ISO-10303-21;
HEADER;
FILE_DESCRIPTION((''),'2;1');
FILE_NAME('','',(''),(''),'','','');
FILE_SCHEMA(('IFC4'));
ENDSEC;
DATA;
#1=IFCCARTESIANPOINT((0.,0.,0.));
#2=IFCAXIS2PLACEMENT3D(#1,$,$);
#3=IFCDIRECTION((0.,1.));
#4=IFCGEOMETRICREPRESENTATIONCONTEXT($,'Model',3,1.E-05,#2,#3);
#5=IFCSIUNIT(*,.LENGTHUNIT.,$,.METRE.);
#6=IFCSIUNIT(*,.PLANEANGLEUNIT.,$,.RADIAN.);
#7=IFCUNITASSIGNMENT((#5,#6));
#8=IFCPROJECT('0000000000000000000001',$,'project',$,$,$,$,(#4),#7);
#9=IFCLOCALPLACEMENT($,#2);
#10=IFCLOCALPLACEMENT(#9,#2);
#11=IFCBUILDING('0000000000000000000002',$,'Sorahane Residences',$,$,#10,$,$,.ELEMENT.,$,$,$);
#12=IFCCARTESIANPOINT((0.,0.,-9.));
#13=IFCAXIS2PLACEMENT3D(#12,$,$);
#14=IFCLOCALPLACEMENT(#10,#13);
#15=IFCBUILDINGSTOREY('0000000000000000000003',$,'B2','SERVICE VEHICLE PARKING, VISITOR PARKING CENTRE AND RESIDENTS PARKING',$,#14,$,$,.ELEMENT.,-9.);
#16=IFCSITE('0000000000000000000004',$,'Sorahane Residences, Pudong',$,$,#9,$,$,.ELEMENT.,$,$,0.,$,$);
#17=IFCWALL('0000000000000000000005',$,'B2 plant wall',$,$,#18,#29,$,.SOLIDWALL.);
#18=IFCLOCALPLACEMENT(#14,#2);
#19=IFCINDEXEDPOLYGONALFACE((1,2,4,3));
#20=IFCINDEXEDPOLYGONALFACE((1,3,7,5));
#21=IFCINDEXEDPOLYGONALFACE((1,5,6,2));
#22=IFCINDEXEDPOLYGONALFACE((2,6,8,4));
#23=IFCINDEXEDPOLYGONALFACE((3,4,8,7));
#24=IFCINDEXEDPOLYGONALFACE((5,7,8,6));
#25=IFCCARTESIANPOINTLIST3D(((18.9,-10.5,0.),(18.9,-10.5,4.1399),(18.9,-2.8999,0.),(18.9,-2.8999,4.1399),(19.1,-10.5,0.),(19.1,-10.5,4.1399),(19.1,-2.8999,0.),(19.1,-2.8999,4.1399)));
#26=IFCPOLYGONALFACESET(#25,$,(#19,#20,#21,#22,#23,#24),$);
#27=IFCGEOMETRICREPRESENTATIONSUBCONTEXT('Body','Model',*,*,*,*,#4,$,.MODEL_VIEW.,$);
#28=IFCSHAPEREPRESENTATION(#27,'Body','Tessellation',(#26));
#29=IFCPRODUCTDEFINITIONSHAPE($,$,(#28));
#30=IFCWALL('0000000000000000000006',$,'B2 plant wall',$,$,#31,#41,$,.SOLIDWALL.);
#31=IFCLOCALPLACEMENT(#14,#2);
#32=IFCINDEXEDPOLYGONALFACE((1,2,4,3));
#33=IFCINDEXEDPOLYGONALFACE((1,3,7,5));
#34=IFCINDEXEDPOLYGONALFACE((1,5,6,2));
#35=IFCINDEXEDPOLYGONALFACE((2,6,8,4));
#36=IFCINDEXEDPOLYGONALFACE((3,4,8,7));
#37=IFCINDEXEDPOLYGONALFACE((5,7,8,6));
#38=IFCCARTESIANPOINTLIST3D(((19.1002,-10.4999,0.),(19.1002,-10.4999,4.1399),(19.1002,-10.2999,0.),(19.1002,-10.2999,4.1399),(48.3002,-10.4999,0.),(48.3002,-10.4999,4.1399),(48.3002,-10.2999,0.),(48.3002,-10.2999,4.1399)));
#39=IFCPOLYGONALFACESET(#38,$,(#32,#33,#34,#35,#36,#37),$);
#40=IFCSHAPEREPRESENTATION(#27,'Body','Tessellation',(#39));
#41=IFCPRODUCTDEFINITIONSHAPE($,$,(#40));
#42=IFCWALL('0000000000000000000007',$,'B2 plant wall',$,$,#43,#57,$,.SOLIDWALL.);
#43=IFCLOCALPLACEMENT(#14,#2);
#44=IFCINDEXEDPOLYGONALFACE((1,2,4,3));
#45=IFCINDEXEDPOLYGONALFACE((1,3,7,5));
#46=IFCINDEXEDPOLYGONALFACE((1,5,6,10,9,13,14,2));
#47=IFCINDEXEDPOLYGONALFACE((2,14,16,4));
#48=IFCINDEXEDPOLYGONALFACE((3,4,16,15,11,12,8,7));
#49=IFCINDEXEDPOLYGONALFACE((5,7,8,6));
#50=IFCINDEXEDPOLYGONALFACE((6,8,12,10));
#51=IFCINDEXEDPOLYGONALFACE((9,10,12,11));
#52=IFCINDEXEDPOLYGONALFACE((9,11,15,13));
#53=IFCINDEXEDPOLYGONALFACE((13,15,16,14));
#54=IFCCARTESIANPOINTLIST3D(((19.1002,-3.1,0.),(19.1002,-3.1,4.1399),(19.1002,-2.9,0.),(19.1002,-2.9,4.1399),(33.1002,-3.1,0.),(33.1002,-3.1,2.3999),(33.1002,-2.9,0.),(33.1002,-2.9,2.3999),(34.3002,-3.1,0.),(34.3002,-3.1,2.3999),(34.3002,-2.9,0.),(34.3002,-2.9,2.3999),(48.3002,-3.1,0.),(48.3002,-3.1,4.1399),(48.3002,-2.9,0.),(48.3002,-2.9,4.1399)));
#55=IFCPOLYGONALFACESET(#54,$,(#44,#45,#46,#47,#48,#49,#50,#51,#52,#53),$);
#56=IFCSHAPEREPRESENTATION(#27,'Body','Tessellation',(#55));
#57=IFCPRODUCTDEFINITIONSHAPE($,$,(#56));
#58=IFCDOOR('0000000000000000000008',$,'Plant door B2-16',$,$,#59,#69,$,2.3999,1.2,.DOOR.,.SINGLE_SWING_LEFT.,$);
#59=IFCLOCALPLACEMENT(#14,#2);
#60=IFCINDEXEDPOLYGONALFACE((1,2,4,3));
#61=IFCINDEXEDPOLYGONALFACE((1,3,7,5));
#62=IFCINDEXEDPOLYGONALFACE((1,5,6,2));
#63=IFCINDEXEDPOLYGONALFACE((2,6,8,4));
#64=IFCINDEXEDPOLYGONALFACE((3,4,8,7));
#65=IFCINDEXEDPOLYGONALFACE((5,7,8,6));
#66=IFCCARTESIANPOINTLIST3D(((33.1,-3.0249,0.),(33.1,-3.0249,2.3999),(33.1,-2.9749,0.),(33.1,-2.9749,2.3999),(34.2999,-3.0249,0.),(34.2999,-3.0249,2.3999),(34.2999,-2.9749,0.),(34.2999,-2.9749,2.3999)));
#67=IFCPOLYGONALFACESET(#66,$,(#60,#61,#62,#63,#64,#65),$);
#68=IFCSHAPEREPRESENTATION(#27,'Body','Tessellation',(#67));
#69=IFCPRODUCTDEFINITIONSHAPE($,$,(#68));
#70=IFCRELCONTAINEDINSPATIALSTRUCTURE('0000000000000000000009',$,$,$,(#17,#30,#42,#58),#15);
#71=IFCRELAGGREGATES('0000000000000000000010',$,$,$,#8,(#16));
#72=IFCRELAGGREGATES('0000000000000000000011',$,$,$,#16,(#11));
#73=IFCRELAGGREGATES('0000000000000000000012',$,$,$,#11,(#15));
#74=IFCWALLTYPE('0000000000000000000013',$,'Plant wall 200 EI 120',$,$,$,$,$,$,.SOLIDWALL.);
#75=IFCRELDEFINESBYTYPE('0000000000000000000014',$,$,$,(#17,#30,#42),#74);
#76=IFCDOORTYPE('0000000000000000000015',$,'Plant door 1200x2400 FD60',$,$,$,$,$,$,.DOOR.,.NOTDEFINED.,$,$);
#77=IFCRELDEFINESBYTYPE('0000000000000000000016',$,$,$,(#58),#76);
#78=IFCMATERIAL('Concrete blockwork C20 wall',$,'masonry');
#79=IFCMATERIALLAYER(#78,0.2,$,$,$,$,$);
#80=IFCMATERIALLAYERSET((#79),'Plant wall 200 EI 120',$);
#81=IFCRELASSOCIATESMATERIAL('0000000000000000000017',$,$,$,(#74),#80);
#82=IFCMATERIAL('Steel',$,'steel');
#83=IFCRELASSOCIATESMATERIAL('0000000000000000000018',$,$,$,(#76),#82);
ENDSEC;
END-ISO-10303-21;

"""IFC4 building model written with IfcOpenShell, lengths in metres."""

from ifc_helpers import new_model, si_unit, direction, frame, frame_2d, origin, place, context, subcontext, project, spatial, rectangle, extrude, material, layer, layer_set, type_object, element, fill, save


model = new_model("IFC4")

# Units and contexts
model_context = context("Model", 3, precision=1e-05, world=origin(), true_north=direction((0.0, 1.0)))
body_context = subcontext(model_context, "Body", "Model", "MODEL_VIEW")
ifc_project = project(units=[si_unit("LENGTHUNIT", "METRE"), si_unit("PLANEANGLEUNIT", "RADIAN")], contexts=[model_context])

# Site, building, storey
site_placement = place(None, origin())
site = spatial("IfcSite", under=ifc_project, at=site_placement, Name="Sorahane Residences, Pudong", CompositionType="ELEMENT", RefElevation=0.0)
building_placement = place(site_placement, origin())
building = spatial("IfcBuilding", under=site, at=building_placement, Name="Sorahane Residences", CompositionType="ELEMENT")
storey_placement = place(building_placement, frame((0.0, 0.0, -9.0)))
storey = spatial("IfcBuildingStorey", under=building, at=storey_placement, Name="B2", Description="SERVICE VEHICLE PARKING, VISITOR PARKING CENTRE AND RESIDENTS PARKING", CompositionType="ELEMENT", Elevation=-9.0)

# Walls
ifc_material_1 = material(Name="Concrete blockwork C20 wall", Category="masonry")
ifc_layer_1 = layer(ifc_material_1, 0.2)
ifc_layer_set_1 = layer_set([ifc_layer_1], Name="Plant wall 200 EI 120")
wall_type_1 = type_object("IfcWallType", Name="Plant wall 200 EI 120", PredefinedType="SOLIDWALL", material=ifc_layer_set_1)
wall_1_placement = place(storey_placement, frame((19.0, -10.5, 0.0), z_axis=(0.0, 0.0, 1.0), x_axis=(0.0, 1.0, 0.0)))
element("IfcWall", 1, at=wall_1_placement, inside=storey, type_object=wall_type_1, Name="B2 plant wall", PredefinedType="SOLIDWALL", context=body_context, shape_type="SweptSolid", body=[
    extrude(rectangle(XDim=7.6001, YDim=0.2, at=frame_2d((3.8, 0.0))), origin(), (0.0, 0.0, 1.0), 4.1399),
])
wall_2_placement = place(storey_placement, frame((19.1001, -10.3999, 0.0), z_axis=(0.0, 0.0, 1.0), x_axis=(1.0, 0.0, 0.0)))
element("IfcWall", 2, at=wall_2_placement, inside=storey, type_object=wall_type_1, Name="B2 plant wall", PredefinedType="SOLIDWALL", context=body_context, shape_type="SweptSolid", body=[
    extrude(rectangle(XDim=29.2, YDim=0.2, at=frame_2d((14.6001, 0.0))), origin(), (0.0, 0.0, 1.0), 4.1399),
])

# Wall, opening, door
wall_3_placement = place(storey_placement, frame((19.1001, -3.0, 0.0), z_axis=(0.0, 0.0, 1.0), x_axis=(1.0, 0.0, 0.0)))
wall_3 = element("IfcWall", 3, at=wall_3_placement, inside=storey, type_object=wall_type_1, Name="B2 plant wall", PredefinedType="SOLIDWALL", context=body_context, shape_type="SweptSolid", body=[
    extrude(rectangle(XDim=29.2, YDim=0.2, at=frame_2d((14.6001, 0.0))), origin(), (0.0, 0.0, 1.0), 4.1399),
])
opening_1_placement = place(wall_3_placement, frame((14.0, 0.0, 0.0)))
opening_1 = element("IfcOpeningElement", 4, at=opening_1_placement, cuts=wall_3, PredefinedType="OPENING", context=body_context, shape_type="SweptSolid", body=[
    extrude(rectangle(XDim=1.2, YDim=2.3999, at=frame_2d((0.6001, 1.2))), frame((0.0, 0.1099, 0.0), z_axis=(0.0, -1.0, 0.0), x_axis=(1.0, 0.0, 0.0)), (0.0, 0.0, 1.0), 0.22),
])
ifc_material_2 = material(Name="Steel", Category="steel")
door_type_1 = type_object("IfcDoorType", Name="Plant door 1200x2400 FD60", OperationType="NOTDEFINED", PredefinedType="DOOR", material=ifc_material_2)
door_1_placement = place(opening_1_placement, frame((1.2, 0.0, 0.0), z_axis=(0.0, 0.0, 1.0), x_axis=(-1.0, 0.0, 0.0)))
door_1 = element("IfcDoor", 5, at=door_1_placement, inside=storey, type_object=door_type_1, Name="Plant door B2-16", OperationType="SINGLE_SWING_LEFT", OverallHeight=2.3999, OverallWidth=1.2, PredefinedType="DOOR", context=body_context, shape_type="SweptSolid", body=[
    extrude(rectangle(XDim=1.2, YDim=2.3999, at=frame_2d((0.6001, 1.2))), frame((0.0, 0.0249, 0.0), z_axis=(0.0, -1.0, 0.0), x_axis=(1.0, 0.0, 0.0)), (0.0, 0.0, 1.0), 0.05),
])
fill(opening_1, door_1)

save(model, "model.ifc")
